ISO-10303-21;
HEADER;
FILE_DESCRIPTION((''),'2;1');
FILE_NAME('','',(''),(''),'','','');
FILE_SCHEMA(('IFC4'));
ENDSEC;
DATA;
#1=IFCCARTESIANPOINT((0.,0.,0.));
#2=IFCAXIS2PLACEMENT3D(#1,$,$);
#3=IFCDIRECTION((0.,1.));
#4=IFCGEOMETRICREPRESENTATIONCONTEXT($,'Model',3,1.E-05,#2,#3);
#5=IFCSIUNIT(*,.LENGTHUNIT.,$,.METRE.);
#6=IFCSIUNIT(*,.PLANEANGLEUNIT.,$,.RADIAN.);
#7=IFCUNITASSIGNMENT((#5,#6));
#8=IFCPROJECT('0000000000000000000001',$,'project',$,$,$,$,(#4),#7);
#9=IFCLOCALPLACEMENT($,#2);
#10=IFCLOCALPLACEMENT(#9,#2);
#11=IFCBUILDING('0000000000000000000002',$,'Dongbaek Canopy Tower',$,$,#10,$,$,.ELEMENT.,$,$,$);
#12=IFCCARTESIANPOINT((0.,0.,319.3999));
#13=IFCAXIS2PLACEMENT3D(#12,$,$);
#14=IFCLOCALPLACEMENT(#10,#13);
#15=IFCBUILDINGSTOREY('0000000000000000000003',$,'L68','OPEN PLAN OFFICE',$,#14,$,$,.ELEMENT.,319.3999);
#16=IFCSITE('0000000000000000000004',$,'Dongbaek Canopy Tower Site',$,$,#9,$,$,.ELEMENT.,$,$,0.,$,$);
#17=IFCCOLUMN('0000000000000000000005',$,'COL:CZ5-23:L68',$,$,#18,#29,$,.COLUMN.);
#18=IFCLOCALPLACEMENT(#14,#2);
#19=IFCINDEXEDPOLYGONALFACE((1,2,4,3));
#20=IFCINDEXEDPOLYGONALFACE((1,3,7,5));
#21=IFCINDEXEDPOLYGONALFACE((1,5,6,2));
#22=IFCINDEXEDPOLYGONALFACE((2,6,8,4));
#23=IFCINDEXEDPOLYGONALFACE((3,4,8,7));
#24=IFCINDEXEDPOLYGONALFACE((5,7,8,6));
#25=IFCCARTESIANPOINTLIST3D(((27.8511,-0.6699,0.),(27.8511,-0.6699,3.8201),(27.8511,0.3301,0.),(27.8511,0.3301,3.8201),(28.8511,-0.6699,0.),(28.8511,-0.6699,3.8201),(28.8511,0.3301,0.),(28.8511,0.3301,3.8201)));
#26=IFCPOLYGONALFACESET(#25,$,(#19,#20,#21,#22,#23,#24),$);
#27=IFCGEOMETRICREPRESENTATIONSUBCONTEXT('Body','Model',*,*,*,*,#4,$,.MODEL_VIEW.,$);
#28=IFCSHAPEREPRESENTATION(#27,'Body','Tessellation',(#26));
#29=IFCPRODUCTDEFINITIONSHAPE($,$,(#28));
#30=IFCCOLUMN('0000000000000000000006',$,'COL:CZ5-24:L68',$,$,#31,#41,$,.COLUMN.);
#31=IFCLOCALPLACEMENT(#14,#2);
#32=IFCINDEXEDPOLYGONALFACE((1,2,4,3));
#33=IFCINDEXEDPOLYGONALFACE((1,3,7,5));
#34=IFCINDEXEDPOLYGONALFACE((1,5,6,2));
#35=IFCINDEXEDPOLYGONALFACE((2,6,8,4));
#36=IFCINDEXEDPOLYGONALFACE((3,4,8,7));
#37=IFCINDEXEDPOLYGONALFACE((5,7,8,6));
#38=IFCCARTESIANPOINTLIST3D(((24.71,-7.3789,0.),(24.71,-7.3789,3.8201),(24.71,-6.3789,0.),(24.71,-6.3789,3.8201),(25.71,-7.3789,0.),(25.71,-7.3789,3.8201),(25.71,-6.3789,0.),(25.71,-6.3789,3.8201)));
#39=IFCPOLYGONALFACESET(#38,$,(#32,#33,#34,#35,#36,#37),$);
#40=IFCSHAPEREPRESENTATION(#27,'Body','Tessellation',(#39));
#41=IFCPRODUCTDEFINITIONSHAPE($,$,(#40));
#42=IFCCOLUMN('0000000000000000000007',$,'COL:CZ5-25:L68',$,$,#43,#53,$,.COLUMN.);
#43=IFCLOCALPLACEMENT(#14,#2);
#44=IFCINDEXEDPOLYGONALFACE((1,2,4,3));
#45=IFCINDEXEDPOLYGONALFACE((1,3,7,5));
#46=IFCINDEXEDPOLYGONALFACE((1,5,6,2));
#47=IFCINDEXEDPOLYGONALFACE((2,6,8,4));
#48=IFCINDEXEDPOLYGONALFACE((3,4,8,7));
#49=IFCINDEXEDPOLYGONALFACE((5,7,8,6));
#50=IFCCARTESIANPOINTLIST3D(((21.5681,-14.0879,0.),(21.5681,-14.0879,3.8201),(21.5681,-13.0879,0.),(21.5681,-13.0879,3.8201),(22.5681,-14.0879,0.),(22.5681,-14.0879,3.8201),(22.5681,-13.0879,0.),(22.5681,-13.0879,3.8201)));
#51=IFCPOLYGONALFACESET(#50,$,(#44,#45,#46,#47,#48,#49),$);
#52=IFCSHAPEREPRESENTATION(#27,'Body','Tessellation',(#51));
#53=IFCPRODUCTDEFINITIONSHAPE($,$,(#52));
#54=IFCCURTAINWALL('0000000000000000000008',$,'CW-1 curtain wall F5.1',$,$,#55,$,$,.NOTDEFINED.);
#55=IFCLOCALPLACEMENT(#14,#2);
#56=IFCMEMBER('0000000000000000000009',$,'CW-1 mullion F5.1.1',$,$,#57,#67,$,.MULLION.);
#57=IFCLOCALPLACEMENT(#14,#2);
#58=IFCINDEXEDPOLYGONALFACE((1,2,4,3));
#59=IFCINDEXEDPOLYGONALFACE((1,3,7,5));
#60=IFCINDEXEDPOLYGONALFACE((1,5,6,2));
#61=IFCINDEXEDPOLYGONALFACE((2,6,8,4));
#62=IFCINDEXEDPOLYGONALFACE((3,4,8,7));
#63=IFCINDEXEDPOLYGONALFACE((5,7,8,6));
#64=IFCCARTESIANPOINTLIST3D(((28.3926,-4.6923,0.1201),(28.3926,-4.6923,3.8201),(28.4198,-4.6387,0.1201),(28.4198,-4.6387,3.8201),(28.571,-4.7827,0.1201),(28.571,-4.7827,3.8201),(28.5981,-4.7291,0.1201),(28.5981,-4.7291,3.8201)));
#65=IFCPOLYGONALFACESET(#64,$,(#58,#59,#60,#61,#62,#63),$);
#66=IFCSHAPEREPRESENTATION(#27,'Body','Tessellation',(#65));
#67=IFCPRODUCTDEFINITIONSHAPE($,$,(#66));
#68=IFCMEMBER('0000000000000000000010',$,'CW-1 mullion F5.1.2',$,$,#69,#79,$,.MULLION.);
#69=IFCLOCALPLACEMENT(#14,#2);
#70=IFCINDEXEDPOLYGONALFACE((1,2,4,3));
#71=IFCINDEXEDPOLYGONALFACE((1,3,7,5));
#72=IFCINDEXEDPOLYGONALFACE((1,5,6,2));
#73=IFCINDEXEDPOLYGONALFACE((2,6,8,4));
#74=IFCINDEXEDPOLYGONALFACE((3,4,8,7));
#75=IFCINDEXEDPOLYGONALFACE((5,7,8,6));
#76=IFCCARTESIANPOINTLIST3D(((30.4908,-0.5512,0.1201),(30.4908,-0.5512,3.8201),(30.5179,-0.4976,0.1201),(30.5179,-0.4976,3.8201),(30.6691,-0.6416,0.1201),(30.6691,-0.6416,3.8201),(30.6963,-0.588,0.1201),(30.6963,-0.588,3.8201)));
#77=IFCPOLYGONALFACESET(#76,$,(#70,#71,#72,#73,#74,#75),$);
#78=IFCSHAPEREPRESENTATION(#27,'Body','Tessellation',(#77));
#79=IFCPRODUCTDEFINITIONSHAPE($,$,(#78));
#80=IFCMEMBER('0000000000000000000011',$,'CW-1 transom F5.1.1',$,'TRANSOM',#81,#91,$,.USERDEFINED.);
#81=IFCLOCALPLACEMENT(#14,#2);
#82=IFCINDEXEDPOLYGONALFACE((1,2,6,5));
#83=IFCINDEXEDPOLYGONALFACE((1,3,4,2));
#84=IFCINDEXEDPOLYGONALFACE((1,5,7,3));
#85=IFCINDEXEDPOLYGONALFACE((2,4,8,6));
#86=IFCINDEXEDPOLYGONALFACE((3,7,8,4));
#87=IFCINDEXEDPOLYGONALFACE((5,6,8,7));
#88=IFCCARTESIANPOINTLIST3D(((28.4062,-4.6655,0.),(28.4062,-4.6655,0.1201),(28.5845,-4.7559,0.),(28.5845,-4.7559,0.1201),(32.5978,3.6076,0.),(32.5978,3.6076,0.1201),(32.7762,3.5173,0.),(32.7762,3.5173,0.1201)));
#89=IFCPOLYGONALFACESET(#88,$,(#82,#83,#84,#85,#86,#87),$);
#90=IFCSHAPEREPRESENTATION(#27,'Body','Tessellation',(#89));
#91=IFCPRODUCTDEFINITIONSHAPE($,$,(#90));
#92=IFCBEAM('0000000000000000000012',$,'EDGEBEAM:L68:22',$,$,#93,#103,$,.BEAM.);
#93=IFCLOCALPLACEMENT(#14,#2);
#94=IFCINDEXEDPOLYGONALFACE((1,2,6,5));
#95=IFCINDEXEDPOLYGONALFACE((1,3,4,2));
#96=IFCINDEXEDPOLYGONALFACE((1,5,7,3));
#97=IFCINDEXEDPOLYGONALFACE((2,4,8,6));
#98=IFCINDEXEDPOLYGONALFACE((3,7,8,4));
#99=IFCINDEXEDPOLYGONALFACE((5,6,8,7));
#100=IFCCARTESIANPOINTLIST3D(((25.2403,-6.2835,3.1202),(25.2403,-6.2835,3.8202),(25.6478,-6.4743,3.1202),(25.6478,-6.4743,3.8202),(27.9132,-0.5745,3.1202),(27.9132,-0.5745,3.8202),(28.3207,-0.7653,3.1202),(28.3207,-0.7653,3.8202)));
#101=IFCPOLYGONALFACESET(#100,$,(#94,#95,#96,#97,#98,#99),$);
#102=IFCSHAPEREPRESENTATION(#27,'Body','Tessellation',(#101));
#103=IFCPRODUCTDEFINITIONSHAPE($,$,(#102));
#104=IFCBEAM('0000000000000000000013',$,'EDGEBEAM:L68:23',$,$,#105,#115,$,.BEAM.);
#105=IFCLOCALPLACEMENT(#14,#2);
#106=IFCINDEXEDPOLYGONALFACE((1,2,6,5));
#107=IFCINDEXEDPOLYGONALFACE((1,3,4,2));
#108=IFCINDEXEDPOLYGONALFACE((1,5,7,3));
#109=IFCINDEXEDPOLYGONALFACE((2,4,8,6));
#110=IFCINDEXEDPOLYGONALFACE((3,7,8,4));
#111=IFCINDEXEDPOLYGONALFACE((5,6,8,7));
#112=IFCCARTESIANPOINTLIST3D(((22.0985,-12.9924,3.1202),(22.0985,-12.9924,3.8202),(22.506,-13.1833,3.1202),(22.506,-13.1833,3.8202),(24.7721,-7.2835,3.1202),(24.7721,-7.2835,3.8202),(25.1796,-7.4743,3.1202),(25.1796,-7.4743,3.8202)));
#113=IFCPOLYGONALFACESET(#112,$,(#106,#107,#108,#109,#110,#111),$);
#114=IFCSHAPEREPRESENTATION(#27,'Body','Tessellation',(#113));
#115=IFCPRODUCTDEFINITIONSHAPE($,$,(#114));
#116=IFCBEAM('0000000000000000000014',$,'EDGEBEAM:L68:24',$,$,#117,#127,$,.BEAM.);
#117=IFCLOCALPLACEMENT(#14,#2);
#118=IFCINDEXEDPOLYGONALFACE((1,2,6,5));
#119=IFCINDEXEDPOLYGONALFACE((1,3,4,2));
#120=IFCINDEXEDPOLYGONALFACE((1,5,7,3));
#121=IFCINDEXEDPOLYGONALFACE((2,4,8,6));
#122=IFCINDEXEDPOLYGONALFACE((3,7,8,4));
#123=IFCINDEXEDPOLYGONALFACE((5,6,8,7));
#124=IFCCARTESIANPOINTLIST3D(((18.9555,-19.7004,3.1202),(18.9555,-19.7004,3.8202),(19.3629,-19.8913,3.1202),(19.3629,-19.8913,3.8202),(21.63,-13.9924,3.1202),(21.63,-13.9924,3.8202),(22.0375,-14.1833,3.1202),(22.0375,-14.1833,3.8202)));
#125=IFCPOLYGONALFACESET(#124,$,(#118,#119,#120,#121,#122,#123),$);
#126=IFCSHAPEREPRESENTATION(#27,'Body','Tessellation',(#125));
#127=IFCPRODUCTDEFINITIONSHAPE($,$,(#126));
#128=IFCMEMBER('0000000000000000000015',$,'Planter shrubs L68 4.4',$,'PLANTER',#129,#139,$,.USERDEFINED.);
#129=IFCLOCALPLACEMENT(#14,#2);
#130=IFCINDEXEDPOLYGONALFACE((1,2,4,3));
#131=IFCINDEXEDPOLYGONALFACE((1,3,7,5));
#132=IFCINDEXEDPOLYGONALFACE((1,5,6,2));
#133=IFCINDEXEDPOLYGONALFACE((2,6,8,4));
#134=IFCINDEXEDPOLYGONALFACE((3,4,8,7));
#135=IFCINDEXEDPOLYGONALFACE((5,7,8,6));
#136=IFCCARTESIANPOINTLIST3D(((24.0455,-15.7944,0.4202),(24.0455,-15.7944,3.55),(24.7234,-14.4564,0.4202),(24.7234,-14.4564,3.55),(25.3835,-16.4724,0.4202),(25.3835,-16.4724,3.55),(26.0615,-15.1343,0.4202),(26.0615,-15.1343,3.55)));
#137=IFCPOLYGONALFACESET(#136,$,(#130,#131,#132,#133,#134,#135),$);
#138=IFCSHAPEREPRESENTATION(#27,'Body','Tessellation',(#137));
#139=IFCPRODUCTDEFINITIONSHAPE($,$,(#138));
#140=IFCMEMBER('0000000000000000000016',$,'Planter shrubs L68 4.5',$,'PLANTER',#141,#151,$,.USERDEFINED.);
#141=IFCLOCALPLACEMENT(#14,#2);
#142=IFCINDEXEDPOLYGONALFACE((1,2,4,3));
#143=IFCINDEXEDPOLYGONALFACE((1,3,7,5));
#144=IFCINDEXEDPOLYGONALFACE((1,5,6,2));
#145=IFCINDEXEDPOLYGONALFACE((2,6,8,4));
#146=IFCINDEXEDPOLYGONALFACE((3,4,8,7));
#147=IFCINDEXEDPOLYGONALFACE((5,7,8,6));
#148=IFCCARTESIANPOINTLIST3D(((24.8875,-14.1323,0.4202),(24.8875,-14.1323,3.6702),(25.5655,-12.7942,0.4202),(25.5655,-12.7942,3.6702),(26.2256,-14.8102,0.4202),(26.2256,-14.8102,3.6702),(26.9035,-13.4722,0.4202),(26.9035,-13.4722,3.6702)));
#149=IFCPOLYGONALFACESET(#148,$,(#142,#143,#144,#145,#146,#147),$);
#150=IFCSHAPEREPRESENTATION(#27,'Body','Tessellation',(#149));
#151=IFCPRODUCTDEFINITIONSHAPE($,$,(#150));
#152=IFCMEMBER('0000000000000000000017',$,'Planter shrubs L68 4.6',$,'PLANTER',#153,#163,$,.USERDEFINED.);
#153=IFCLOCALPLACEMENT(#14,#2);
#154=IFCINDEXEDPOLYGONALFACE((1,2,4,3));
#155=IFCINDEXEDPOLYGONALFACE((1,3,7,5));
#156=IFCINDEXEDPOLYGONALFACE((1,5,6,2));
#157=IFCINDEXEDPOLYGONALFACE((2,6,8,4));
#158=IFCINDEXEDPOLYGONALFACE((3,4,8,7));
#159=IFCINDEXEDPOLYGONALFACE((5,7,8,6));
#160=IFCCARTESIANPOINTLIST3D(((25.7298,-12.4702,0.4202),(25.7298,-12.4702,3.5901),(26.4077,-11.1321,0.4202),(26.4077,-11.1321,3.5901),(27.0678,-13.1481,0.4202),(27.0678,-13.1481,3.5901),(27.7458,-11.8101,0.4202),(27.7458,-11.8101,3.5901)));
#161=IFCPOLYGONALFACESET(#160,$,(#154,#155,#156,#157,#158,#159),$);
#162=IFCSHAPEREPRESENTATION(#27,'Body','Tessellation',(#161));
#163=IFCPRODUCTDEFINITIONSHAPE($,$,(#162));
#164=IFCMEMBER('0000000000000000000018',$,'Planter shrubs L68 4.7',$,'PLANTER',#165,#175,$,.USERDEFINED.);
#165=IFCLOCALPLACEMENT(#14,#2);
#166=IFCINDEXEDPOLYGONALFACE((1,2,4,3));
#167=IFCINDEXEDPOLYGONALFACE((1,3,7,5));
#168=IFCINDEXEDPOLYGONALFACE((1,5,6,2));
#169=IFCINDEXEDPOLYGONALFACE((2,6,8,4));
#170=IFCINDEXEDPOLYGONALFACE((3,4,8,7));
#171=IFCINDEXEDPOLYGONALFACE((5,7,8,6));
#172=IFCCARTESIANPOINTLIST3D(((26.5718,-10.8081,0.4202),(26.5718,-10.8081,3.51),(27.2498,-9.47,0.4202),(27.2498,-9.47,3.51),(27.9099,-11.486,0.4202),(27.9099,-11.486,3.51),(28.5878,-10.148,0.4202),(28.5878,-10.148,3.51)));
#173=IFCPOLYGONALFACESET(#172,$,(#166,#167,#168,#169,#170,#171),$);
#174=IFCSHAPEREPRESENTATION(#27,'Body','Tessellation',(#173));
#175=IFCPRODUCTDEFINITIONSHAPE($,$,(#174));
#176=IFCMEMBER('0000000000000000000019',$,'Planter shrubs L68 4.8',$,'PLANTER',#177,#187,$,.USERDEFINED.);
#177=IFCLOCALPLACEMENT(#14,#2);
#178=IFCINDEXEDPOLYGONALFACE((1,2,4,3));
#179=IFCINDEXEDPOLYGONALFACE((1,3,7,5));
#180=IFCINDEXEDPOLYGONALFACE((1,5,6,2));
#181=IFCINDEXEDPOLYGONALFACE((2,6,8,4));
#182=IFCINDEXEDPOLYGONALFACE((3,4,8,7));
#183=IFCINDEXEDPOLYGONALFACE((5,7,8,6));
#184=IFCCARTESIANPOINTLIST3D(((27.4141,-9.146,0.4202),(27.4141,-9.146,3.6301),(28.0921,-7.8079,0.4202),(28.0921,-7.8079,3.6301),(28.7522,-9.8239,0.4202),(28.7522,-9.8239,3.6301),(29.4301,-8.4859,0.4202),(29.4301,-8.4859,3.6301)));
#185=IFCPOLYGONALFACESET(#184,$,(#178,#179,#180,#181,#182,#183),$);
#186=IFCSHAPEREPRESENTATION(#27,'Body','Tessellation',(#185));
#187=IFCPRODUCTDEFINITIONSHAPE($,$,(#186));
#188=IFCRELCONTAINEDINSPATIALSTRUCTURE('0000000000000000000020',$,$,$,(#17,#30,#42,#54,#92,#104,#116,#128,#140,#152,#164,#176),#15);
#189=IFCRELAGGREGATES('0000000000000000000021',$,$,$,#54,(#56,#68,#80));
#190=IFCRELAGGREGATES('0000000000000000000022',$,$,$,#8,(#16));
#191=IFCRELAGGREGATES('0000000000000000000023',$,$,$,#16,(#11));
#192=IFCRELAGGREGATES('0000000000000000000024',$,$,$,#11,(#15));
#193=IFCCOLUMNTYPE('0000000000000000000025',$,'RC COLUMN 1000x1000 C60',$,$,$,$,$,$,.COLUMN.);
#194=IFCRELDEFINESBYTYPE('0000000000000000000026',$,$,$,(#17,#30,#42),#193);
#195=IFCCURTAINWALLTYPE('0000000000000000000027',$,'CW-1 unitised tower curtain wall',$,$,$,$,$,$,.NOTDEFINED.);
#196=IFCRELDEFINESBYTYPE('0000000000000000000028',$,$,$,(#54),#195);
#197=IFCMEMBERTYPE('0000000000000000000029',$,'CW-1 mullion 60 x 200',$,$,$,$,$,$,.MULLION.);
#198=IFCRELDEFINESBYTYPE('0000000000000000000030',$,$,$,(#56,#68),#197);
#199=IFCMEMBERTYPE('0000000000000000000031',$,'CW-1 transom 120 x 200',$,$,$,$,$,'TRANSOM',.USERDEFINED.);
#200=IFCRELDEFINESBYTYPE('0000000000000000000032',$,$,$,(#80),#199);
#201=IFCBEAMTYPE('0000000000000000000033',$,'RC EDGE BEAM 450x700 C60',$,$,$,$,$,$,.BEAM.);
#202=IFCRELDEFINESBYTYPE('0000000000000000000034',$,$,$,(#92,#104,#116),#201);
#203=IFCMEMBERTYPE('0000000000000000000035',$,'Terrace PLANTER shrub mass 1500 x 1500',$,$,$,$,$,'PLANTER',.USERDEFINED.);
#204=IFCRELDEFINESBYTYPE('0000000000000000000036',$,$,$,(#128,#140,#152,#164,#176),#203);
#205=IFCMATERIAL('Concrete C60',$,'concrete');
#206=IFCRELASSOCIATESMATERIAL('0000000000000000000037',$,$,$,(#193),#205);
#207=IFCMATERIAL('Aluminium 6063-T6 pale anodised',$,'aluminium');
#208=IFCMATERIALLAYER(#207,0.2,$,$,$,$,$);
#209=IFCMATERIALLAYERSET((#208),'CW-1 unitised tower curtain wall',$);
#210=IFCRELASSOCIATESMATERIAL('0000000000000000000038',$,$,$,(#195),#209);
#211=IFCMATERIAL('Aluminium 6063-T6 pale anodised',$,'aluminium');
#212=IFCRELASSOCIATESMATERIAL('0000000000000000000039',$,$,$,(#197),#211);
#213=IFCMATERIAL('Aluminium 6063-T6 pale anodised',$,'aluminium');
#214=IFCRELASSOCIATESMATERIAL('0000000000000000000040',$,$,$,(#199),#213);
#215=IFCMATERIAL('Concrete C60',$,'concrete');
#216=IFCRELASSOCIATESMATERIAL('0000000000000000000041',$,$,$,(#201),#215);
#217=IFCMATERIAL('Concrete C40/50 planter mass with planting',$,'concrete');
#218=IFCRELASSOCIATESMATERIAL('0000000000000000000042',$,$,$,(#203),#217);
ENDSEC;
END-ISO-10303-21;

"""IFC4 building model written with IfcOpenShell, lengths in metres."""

from ifc_helpers import new_model, si_unit, direction, frame, origin, origin_2d, place, context, subcontext, project, spatial, rectangle, extrude, material, layer, layer_set, material_profile, profile_set, type_object, element, aggregate, save


model = new_model("IFC4")

# Units and contexts
model_context = context("Model", 3, precision=1e-05, world=origin(), true_north=direction((0.0, 1.0)))
body_context = subcontext(model_context, "Body", "Model", "MODEL_VIEW")
ifc_project = project(units=[si_unit("LENGTHUNIT", "METRE"), si_unit("PLANEANGLEUNIT", "RADIAN")], contexts=[model_context])

# Site, building, storey
site_placement = place(None, origin())
site = spatial("IfcSite", under=ifc_project, at=site_placement, Name="Dongbaek Canopy Tower Site", CompositionType="ELEMENT", RefElevation=0.0)
building_placement = place(site_placement, origin())
building = spatial("IfcBuilding", under=site, at=building_placement, Name="Dongbaek Canopy Tower", CompositionType="ELEMENT")
storey_placement = place(building_placement, frame((0.0, 0.0, 319.3999)))
storey = spatial("IfcBuildingStorey", under=building, at=storey_placement, Name="L68", Description="OPEN PLAN OFFICE", CompositionType="ELEMENT", Elevation=319.3999)

# Columns
ifc_material_1 = material(Name="Concrete C60", Category="concrete")
ifc_material_profile_1 = material_profile(ifc_material_1, rectangle(XDim=1.0, YDim=1.0, at=origin_2d()), Name="RC COLUMN 1000x1000 C60")
ifc_profile_set_1 = profile_set([ifc_material_profile_1], Name="Concrete C60")
column_type = type_object("IfcColumnType", Name="RC COLUMN 1000x1000 C60", PredefinedType="COLUMN", material=ifc_profile_set_1)
for number, where, z_axis, x_axis, name in (
    (1, (28.3511, -0.1699, 0.0), (0.0, 0.0, 1.0), (1.0, 0.0, 0.0), "COL:CZ5-23:L68"),
    (2, (25.21, -6.8789, 0.0), (0.0, 0.0, 1.0), (1.0, 0.0, 0.0), "COL:CZ5-24:L68"),
    (3, (22.0681, -13.5879, 0.0), (0.0, 0.0, 1.0), (1.0, 0.0, 0.0), "COL:CZ5-25:L68"),
):
    element("IfcColumn", number, at=place(storey_placement, frame(where, z_axis=z_axis, x_axis=x_axis)), inside=storey, type_object=column_type, Name=name, PredefinedType="COLUMN", context=body_context, shape_type="SweptSolid", body=[
        extrude(rectangle(XDim=1.0, YDim=1.0, at=origin_2d()), origin(), (0.0, 0.0, 1.0), 3.8201),
    ])

# Curtain wall, members
ifc_material_2 = material(Name="Aluminium 6063-T6 pale anodised", Category="aluminium")
ifc_layer_1 = layer(ifc_material_2, 0.2)
ifc_layer_set_1 = layer_set([ifc_layer_1], Name="CW-1 unitised tower curtain wall")
curtain_wall_type = type_object("IfcCurtainWallType", Name="CW-1 unitised tower curtain wall", PredefinedType="NOTDEFINED", material=ifc_layer_set_1)
curtain_wall_placement = place(storey_placement, origin())
curtain_wall = element("IfcCurtainWall", 4, at=curtain_wall_placement, inside=storey, type_object=curtain_wall_type, Name="CW-1 curtain wall F5.1", PredefinedType="NOTDEFINED")
ifc_material_3 = material(Name="Aluminium 6063-T6 pale anodised", Category="aluminium")
ifc_material_profile_2 = material_profile(ifc_material_3, rectangle(XDim=0.2, YDim=0.0601, at=origin_2d()), Name="CW-1 mullion 60 x 200")
ifc_profile_set_2 = profile_set([ifc_material_profile_2], Name="Aluminium 6063-T6 pale anodised")
member_type_1 = type_object("IfcMemberType", Name="CW-1 mullion 60 x 200", PredefinedType="MULLION", material=ifc_profile_set_2)
member_1_placement = place(storey_placement, frame((28.4954, -4.7107, 0.1201), z_axis=(0.0, 0.0, 1.0), x_axis=(0.892033, -0.45197, 0.0)))
member_1 = element("IfcMember", 5, at=member_1_placement, type_object=member_type_1, Name="CW-1 mullion F5.1.1", PredefinedType="MULLION", context=body_context, shape_type="SweptSolid", body=[
    extrude(rectangle(XDim=0.2, YDim=0.0601, at=origin_2d()), origin(), (0.0, 0.0, 1.0), 3.7),
])
member_2_placement = place(storey_placement, frame((30.5935, -0.5696, 0.1201), z_axis=(0.0, 0.0, 1.0), x_axis=(0.892033, -0.45197, 0.0)))
member_2 = element("IfcMember", 6, at=member_2_placement, type_object=member_type_1, Name="CW-1 mullion F5.1.2", PredefinedType="MULLION", context=body_context, shape_type="SweptSolid", body=[
    extrude(rectangle(XDim=0.2, YDim=0.0601, at=origin_2d()), origin(), (0.0, 0.0, 1.0), 3.7),
])
ifc_material_4 = material(Name="Aluminium 6063-T6 pale anodised", Category="aluminium")
ifc_material_profile_3 = material_profile(ifc_material_4, rectangle(XDim=0.2, YDim=0.1201, at=origin_2d()), Name="CW-1 transom 120 x 200")
ifc_profile_set_3 = profile_set([ifc_material_profile_3], Name="Aluminium 6063-T6 pale anodised")
member_type_2 = type_object("IfcMemberType", Name="CW-1 transom 120 x 200", ElementType="TRANSOM", PredefinedType="USERDEFINED", material=ifc_profile_set_3)
member_3_placement = place(storey_placement, frame((28.4954, -4.7107, 0.0601), z_axis=(0.451956, 0.89204, 0.0), x_axis=(-0.89204, 0.451956, 0.0)))
member_3 = element("IfcMember", 7, at=member_3_placement, type_object=member_type_2, Name="CW-1 transom F5.1.1", ObjectType="TRANSOM", PredefinedType="USERDEFINED", context=body_context, shape_type="SweptSolid", body=[
    extrude(rectangle(XDim=0.2, YDim=0.1201, at=origin_2d()), origin(), (0.0, 0.0, 1.0), 9.2744),
])

# Beams
ifc_material_5 = material(Name="Concrete C60", Category="concrete")
ifc_material_profile_4 = material_profile(ifc_material_5, rectangle(XDim=0.45, YDim=0.7, at=origin_2d()), Name="RC EDGE BEAM 450x700 C60")
ifc_profile_set_4 = profile_set([ifc_material_profile_4], Name="Concrete C60")
beam_type = type_object("IfcBeamType", Name="RC EDGE BEAM 450x700 C60", PredefinedType="BEAM", material=ifc_profile_set_4)
beam_1_placement = place(storey_placement, frame((28.1169, -0.6699, 3.4702), z_axis=(-0.424013, -0.905656, 0.0), x_axis=(0.905656, -0.424013, 0.0)))
element("IfcBeam", 8, at=beam_1_placement, inside=storey, type_object=beam_type, Name="EDGEBEAM:L68:22", PredefinedType="BEAM", context=body_context, shape_type="SweptSolid", body=[
    extrude(rectangle(XDim=0.45, YDim=0.7, at=origin_2d()), origin(), (0.0, 0.0, 1.0), 6.3037),
])
beam_2_placement = place(storey_placement, frame((24.9758, -7.3789, 3.4702), z_axis=(-0.424108, -0.905611, 0.0), x_axis=(0.905611, -0.424108, 0.0)))
element("IfcBeam", 9, at=beam_2_placement, inside=storey, type_object=beam_type, Name="EDGEBEAM:L68:23", PredefinedType="BEAM", context=body_context, shape_type="SweptSolid", body=[
    extrude(rectangle(XDim=0.45, YDim=0.7, at=origin_2d()), origin(), (0.0, 0.0, 1.0), 6.304),
])
beam_3_placement = place(storey_placement, frame((21.8337, -14.0879, 3.4702), z_axis=(-0.424295, -0.905524, 0.0), x_axis=(0.905524, -0.424295, 0.0)))
element("IfcBeam", 10, at=beam_3_placement, inside=storey, type_object=beam_type, Name="EDGEBEAM:L68:24", PredefinedType="BEAM", context=body_context, shape_type="SweptSolid", body=[
    extrude(rectangle(XDim=0.45, YDim=0.7, at=origin_2d()), origin(), (0.0, 0.0, 1.0), 6.3035),
])

# Members
ifc_material_6 = material(Name="Concrete C40/50 planter mass with planting", Category="concrete")
ifc_material_profile_5 = material_profile(ifc_material_6, rectangle(XDim=1.5, YDim=1.5, at=origin_2d()), Name="Terrace PLANTER shrub mass 1500 x 1500")
ifc_profile_set_5 = profile_set([ifc_material_profile_5], Name="Concrete C40/50 planter mass with planting")
member_type_3 = type_object("IfcMemberType", Name="Terrace PLANTER shrub mass 1500 x 1500", ElementType="PLANTER", PredefinedType="USERDEFINED", material=ifc_profile_set_5)
member_4_placement = place(storey_placement, frame((25.0535, -15.4644, 0.4202), z_axis=(0.0, 0.0, 1.0), x_axis=(0.892033, -0.45197, 0.0)))
element("IfcMember", 11, at=member_4_placement, inside=storey, type_object=member_type_3, Name="Planter shrubs L68 4.4", ObjectType="PLANTER", PredefinedType="USERDEFINED", context=body_context, shape_type="SweptSolid", body=[
    extrude(rectangle(XDim=1.5, YDim=1.5, at=origin_2d()), origin(), (0.0, 0.0, 1.0), 3.1299),
])
member_5_placement = place(storey_placement, frame((25.8955, -13.8022, 0.4202), z_axis=(0.0, 0.0, 1.0), x_axis=(0.892033, -0.45197, 0.0)))
element("IfcMember", 12, at=member_5_placement, inside=storey, type_object=member_type_3, Name="Planter shrubs L68 4.5", ObjectType="PLANTER", PredefinedType="USERDEFINED", context=body_context, shape_type="SweptSolid", body=[
    extrude(rectangle(XDim=1.5, YDim=1.5, at=origin_2d()), origin(), (0.0, 0.0, 1.0), 3.25),
])
member_6_placement = place(storey_placement, frame((26.7378, -12.1401, 0.4202), z_axis=(0.0, 0.0, 1.0), x_axis=(0.892033, -0.45197, 0.0)))
element("IfcMember", 13, at=member_6_placement, inside=storey, type_object=member_type_3, Name="Planter shrubs L68 4.6", ObjectType="PLANTER", PredefinedType="USERDEFINED", context=body_context, shape_type="SweptSolid", body=[
    extrude(rectangle(XDim=1.5, YDim=1.5, at=origin_2d()), origin(), (0.0, 0.0, 1.0), 3.1699),
])
member_7_placement = place(storey_placement, frame((27.5798, -10.478, 0.4202), z_axis=(0.0, 0.0, 1.0), x_axis=(0.892033, -0.45197, 0.0)))
element("IfcMember", 14, at=member_7_placement, inside=storey, type_object=member_type_3, Name="Planter shrubs L68 4.7", ObjectType="PLANTER", PredefinedType="USERDEFINED", context=body_context, shape_type="SweptSolid", body=[
    extrude(rectangle(XDim=1.5, YDim=1.5, at=origin_2d()), origin(), (0.0, 0.0, 1.0), 3.0898),
])
member_8_placement = place(storey_placement, frame((28.4221, -8.8159, 0.4202), z_axis=(0.0, 0.0, 1.0), x_axis=(0.892033, -0.45197, 0.0)))
element("IfcMember", 15, at=member_8_placement, inside=storey, type_object=member_type_3, Name="Planter shrubs L68 4.8", ObjectType="PLANTER", PredefinedType="USERDEFINED", context=body_context, shape_type="SweptSolid", body=[
    extrude(rectangle(XDim=1.5, YDim=1.5, at=origin_2d()), origin(), (0.0, 0.0, 1.0), 3.21),
])

aggregate(curtain_wall, [member_1, member_2, member_3])

save(model, "model.ifc")
